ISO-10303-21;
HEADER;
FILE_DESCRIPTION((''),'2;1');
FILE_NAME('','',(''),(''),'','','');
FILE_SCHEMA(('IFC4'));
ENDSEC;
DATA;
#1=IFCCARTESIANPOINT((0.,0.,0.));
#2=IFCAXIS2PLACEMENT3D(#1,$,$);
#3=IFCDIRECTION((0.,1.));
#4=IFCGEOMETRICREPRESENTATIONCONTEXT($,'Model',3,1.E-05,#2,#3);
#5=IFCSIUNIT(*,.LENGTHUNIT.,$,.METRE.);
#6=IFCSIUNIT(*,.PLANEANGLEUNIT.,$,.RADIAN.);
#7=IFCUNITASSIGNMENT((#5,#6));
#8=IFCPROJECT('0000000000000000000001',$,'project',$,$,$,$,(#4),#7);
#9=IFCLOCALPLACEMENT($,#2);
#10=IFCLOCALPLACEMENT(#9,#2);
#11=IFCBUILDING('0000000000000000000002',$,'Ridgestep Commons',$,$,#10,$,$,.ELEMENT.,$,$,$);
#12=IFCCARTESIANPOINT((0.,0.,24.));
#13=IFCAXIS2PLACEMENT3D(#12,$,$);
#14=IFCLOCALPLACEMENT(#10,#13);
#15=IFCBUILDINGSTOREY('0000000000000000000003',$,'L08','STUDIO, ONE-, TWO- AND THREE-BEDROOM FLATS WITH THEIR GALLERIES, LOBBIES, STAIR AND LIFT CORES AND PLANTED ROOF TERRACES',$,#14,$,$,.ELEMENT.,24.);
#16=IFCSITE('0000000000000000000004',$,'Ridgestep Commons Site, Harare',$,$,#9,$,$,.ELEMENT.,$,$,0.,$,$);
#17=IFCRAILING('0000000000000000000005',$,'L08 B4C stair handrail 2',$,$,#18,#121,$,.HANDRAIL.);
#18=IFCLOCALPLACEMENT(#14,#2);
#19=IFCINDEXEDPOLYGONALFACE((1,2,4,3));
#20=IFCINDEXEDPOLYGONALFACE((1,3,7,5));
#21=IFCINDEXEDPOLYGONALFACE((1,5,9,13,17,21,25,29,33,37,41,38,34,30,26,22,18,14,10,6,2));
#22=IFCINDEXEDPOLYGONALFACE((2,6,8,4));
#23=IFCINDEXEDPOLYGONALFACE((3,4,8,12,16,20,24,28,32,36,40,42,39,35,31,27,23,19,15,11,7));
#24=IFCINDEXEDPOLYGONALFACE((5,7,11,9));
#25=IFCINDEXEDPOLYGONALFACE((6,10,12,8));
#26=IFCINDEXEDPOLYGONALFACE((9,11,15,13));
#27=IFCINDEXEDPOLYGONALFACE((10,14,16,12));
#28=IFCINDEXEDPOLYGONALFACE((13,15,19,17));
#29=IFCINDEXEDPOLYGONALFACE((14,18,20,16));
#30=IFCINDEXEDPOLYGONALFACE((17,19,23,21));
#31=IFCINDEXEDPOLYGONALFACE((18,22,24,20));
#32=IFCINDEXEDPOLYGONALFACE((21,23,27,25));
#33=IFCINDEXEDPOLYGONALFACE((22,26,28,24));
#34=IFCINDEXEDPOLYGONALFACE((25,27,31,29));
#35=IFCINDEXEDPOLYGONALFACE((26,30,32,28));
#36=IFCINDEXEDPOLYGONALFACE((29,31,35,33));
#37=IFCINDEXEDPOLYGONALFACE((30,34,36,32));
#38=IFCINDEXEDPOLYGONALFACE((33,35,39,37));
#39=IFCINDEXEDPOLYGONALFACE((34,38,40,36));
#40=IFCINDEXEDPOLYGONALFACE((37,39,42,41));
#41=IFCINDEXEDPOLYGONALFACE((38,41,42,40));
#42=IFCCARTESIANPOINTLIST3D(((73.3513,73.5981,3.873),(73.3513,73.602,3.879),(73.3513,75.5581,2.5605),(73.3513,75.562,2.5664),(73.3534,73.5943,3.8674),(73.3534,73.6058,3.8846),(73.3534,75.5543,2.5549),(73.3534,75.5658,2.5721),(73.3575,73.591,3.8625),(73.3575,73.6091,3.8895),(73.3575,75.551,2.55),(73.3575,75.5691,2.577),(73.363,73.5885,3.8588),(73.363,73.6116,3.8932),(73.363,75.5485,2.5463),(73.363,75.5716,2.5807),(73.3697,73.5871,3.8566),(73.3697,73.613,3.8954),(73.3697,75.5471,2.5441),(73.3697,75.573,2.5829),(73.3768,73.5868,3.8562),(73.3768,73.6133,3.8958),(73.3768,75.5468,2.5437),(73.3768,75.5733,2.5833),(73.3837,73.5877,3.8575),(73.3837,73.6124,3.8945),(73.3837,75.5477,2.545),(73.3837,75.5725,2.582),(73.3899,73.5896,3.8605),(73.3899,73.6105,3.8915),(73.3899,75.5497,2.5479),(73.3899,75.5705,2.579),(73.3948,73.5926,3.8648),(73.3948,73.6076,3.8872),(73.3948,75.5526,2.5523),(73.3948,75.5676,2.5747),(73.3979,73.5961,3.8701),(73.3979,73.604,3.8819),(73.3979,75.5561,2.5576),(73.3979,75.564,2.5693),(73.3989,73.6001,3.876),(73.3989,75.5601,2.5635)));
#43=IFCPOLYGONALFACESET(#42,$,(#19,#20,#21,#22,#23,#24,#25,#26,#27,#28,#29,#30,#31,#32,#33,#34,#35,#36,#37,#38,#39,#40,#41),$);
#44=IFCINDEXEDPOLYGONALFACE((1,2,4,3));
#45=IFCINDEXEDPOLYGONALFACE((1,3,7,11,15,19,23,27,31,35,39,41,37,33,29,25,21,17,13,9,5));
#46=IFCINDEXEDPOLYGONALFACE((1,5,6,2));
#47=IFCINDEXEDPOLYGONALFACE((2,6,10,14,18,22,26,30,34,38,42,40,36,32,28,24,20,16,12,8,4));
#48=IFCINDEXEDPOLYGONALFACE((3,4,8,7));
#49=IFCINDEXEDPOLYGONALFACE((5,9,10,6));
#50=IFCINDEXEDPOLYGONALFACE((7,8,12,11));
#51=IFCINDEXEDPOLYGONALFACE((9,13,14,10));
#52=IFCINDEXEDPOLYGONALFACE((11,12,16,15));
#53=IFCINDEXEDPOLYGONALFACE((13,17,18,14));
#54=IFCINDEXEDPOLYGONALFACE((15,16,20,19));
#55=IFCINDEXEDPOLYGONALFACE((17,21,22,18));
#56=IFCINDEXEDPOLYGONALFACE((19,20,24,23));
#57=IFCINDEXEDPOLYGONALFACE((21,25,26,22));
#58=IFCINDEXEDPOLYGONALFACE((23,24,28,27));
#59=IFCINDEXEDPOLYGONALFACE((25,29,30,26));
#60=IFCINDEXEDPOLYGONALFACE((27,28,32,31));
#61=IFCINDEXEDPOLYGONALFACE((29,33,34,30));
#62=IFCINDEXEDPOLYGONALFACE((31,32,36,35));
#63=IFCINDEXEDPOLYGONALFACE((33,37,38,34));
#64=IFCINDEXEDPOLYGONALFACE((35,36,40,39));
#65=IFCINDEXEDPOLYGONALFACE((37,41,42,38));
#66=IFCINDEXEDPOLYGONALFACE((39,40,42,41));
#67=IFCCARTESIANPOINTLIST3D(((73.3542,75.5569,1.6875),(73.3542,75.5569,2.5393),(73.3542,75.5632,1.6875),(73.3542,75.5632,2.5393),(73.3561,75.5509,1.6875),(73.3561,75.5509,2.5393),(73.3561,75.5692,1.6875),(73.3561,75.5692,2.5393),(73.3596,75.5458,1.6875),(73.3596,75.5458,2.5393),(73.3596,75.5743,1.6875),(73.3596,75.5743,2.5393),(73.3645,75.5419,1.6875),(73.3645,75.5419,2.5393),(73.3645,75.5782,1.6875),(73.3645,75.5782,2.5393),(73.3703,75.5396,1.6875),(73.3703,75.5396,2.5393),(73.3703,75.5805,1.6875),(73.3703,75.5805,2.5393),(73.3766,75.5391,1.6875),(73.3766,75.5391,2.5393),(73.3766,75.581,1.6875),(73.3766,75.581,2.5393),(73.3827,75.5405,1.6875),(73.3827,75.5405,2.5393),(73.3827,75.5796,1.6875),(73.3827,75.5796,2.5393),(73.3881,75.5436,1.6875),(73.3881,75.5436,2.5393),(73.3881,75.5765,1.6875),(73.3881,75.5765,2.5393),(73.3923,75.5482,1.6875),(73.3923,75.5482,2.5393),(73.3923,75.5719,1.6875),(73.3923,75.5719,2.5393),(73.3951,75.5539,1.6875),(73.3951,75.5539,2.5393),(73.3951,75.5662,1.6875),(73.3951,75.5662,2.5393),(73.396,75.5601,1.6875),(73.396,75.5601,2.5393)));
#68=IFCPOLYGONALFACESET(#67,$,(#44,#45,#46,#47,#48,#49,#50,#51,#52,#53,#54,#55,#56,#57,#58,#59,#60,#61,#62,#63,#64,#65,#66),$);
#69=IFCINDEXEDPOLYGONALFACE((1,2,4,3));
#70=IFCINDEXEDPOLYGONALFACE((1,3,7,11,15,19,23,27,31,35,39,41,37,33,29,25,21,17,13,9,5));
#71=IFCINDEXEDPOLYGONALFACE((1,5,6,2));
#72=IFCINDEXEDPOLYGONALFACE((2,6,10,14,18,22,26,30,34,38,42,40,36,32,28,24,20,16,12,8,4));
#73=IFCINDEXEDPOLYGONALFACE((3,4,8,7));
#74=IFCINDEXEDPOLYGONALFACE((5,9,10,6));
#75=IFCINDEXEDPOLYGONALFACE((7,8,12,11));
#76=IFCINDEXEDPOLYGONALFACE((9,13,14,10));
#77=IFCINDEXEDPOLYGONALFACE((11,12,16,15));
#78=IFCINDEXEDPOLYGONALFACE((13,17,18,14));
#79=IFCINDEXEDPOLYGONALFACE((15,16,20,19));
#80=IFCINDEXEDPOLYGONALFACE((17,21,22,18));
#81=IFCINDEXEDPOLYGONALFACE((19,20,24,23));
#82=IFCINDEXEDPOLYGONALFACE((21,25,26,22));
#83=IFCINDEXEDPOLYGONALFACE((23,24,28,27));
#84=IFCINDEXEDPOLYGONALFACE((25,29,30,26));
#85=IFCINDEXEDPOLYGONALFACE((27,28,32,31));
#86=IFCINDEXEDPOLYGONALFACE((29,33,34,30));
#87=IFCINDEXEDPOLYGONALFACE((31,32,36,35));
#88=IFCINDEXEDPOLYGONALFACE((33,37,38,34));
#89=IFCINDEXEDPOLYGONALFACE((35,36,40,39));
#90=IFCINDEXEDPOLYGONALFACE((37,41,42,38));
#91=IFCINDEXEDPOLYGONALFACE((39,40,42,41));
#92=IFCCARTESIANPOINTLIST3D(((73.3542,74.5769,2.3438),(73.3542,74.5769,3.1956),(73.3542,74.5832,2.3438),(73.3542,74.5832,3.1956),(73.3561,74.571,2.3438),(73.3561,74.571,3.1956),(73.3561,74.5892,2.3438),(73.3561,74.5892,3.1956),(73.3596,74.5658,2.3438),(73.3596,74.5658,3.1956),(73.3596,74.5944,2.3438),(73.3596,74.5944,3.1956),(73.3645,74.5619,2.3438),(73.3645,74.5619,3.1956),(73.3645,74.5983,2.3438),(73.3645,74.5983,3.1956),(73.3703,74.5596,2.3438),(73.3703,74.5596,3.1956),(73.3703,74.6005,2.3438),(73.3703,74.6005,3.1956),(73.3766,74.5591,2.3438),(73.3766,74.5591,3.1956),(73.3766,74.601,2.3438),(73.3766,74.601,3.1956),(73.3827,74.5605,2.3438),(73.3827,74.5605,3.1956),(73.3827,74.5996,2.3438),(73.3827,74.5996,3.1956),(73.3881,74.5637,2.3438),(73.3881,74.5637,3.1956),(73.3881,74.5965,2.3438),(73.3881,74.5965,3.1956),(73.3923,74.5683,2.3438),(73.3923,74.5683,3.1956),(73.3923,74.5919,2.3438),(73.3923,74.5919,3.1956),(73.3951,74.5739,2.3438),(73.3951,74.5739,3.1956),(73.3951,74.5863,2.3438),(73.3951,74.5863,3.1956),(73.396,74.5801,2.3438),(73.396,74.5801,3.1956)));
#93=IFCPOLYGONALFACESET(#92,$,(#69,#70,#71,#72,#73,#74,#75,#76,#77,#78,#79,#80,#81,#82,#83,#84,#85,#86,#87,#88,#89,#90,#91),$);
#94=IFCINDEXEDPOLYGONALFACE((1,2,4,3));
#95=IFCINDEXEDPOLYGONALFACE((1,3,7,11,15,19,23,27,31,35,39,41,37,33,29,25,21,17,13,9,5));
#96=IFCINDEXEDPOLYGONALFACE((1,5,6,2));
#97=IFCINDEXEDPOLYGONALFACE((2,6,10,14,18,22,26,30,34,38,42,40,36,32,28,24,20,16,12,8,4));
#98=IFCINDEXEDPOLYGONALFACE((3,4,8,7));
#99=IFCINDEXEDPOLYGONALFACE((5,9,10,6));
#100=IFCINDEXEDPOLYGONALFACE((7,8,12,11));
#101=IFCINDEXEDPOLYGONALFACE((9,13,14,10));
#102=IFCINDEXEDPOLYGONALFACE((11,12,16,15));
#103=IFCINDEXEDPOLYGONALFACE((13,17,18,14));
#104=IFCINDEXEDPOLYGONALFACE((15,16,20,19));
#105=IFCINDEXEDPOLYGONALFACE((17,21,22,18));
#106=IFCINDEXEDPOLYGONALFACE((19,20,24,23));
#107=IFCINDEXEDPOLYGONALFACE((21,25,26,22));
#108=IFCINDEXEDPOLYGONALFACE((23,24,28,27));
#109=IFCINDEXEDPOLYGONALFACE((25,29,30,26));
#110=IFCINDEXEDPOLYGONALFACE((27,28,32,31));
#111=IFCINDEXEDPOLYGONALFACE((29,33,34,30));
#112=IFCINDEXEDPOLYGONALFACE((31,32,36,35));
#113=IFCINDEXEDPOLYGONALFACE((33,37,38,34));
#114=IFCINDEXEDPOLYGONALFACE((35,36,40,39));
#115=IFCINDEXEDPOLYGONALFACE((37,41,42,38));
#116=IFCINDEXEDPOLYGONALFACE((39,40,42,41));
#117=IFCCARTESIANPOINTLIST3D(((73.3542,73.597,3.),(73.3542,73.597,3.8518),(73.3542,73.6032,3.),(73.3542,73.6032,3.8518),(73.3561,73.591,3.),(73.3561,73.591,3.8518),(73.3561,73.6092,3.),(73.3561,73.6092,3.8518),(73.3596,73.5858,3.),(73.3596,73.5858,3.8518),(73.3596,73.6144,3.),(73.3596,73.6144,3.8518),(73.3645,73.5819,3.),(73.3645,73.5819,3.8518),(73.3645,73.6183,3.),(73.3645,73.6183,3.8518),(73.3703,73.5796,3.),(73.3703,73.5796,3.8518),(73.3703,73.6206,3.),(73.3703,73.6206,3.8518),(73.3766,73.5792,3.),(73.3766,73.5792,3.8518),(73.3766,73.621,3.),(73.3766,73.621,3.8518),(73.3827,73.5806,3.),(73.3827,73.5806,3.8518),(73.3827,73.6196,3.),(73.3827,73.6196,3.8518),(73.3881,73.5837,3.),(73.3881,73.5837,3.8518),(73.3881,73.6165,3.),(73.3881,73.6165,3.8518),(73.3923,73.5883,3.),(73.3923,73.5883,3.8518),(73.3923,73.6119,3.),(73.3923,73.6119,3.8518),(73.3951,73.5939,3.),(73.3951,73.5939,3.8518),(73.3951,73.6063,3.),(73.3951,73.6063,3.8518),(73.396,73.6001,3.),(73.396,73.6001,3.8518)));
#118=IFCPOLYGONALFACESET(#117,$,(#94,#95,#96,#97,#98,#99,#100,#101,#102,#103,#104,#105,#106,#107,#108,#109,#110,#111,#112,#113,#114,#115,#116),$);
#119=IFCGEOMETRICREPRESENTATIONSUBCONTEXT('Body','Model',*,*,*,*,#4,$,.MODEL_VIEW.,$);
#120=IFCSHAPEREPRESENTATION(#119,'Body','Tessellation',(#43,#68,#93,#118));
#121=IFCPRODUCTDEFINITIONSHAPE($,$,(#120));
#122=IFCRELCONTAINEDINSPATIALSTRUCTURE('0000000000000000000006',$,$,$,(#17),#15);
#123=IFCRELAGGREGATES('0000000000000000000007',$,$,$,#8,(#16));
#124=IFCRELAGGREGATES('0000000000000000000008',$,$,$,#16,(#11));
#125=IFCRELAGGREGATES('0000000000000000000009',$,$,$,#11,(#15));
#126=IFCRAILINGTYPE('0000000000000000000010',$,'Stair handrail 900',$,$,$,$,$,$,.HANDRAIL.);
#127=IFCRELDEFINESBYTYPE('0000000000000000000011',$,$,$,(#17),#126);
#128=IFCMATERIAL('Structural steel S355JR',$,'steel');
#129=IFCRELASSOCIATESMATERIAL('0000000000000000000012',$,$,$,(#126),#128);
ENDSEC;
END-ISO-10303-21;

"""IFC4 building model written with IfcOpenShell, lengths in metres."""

from ifc_helpers import new_model, si_unit, direction, frame, origin, origin_2d, place, context, subcontext, project, spatial, circle, extrude, material, type_object, element, save


model = new_model("IFC4")

# Units and contexts
model_context = context("Model", 3, precision=1e-05, world=origin(), true_north=direction((0.0, 1.0)))
body_context = subcontext(model_context, "Body", "Model", "MODEL_VIEW")
ifc_project = project(units=[si_unit("LENGTHUNIT", "METRE"), si_unit("PLANEANGLEUNIT", "RADIAN")], contexts=[model_context])

# Site, building, storey
site_placement = place(None, origin())
site = spatial("IfcSite", under=ifc_project, at=site_placement, Name="Ridgestep Commons Site, Harare", CompositionType="ELEMENT", RefElevation=0.0)
building_placement = place(site_placement, origin())
building = spatial("IfcBuilding", under=site, at=building_placement, Name="Ridgestep Commons", CompositionType="ELEMENT")
storey_placement = place(building_placement, frame((0.0, 0.0, 24.0)))
storey = spatial("IfcBuildingStorey", under=building, at=storey_placement, Name="L08", Description="STUDIO, ONE-, TWO- AND THREE-BEDROOM FLATS WITH THEIR GALLERIES, LOBBIES, STAIR AND LIFT CORES AND PLANTED ROOF TERRACES", CompositionType="ELEMENT", Elevation=24.0)

# Railing
ifc_material_1 = material(Name="Structural steel S355JR", Category="steel")
railing_type_1 = type_object("IfcRailingType", Name="Stair handrail 900", PredefinedType="HANDRAIL", material=ifc_material_1)
railing_1_placement = place(storey_placement, frame((73.375, 75.5601, 1.6875)))
element("IfcRailing", 1, at=railing_1_placement, inside=storey, type_object=railing_type_1, Name="L08 B4C stair handrail 2", PredefinedType="HANDRAIL", context=body_context, shape_type="SweptSolid", body=[
    extrude(circle(Radius=0.0239, at=origin_2d()), frame((0.0, 0.0, 0.876), z_axis=(0.0, -0.830902, 0.556419), x_axis=(1.0, 0.0, 0.0)), (0.0, 0.0, 1.0), 2.3589),
    extrude(circle(Radius=0.021, at=origin_2d()), origin(), (0.0, 0.0, 1.0), 0.8518),
    extrude(circle(Radius=0.021, at=origin_2d()), frame((0.0, -0.98, 0.6562)), (0.0, 0.0, 1.0), 0.8518),
    extrude(circle(Radius=0.021, at=origin_2d()), frame((0.0, -1.96, 1.3125)), (0.0, 0.0, 1.0), 0.8518),
])

save(model, "model.ifc")
